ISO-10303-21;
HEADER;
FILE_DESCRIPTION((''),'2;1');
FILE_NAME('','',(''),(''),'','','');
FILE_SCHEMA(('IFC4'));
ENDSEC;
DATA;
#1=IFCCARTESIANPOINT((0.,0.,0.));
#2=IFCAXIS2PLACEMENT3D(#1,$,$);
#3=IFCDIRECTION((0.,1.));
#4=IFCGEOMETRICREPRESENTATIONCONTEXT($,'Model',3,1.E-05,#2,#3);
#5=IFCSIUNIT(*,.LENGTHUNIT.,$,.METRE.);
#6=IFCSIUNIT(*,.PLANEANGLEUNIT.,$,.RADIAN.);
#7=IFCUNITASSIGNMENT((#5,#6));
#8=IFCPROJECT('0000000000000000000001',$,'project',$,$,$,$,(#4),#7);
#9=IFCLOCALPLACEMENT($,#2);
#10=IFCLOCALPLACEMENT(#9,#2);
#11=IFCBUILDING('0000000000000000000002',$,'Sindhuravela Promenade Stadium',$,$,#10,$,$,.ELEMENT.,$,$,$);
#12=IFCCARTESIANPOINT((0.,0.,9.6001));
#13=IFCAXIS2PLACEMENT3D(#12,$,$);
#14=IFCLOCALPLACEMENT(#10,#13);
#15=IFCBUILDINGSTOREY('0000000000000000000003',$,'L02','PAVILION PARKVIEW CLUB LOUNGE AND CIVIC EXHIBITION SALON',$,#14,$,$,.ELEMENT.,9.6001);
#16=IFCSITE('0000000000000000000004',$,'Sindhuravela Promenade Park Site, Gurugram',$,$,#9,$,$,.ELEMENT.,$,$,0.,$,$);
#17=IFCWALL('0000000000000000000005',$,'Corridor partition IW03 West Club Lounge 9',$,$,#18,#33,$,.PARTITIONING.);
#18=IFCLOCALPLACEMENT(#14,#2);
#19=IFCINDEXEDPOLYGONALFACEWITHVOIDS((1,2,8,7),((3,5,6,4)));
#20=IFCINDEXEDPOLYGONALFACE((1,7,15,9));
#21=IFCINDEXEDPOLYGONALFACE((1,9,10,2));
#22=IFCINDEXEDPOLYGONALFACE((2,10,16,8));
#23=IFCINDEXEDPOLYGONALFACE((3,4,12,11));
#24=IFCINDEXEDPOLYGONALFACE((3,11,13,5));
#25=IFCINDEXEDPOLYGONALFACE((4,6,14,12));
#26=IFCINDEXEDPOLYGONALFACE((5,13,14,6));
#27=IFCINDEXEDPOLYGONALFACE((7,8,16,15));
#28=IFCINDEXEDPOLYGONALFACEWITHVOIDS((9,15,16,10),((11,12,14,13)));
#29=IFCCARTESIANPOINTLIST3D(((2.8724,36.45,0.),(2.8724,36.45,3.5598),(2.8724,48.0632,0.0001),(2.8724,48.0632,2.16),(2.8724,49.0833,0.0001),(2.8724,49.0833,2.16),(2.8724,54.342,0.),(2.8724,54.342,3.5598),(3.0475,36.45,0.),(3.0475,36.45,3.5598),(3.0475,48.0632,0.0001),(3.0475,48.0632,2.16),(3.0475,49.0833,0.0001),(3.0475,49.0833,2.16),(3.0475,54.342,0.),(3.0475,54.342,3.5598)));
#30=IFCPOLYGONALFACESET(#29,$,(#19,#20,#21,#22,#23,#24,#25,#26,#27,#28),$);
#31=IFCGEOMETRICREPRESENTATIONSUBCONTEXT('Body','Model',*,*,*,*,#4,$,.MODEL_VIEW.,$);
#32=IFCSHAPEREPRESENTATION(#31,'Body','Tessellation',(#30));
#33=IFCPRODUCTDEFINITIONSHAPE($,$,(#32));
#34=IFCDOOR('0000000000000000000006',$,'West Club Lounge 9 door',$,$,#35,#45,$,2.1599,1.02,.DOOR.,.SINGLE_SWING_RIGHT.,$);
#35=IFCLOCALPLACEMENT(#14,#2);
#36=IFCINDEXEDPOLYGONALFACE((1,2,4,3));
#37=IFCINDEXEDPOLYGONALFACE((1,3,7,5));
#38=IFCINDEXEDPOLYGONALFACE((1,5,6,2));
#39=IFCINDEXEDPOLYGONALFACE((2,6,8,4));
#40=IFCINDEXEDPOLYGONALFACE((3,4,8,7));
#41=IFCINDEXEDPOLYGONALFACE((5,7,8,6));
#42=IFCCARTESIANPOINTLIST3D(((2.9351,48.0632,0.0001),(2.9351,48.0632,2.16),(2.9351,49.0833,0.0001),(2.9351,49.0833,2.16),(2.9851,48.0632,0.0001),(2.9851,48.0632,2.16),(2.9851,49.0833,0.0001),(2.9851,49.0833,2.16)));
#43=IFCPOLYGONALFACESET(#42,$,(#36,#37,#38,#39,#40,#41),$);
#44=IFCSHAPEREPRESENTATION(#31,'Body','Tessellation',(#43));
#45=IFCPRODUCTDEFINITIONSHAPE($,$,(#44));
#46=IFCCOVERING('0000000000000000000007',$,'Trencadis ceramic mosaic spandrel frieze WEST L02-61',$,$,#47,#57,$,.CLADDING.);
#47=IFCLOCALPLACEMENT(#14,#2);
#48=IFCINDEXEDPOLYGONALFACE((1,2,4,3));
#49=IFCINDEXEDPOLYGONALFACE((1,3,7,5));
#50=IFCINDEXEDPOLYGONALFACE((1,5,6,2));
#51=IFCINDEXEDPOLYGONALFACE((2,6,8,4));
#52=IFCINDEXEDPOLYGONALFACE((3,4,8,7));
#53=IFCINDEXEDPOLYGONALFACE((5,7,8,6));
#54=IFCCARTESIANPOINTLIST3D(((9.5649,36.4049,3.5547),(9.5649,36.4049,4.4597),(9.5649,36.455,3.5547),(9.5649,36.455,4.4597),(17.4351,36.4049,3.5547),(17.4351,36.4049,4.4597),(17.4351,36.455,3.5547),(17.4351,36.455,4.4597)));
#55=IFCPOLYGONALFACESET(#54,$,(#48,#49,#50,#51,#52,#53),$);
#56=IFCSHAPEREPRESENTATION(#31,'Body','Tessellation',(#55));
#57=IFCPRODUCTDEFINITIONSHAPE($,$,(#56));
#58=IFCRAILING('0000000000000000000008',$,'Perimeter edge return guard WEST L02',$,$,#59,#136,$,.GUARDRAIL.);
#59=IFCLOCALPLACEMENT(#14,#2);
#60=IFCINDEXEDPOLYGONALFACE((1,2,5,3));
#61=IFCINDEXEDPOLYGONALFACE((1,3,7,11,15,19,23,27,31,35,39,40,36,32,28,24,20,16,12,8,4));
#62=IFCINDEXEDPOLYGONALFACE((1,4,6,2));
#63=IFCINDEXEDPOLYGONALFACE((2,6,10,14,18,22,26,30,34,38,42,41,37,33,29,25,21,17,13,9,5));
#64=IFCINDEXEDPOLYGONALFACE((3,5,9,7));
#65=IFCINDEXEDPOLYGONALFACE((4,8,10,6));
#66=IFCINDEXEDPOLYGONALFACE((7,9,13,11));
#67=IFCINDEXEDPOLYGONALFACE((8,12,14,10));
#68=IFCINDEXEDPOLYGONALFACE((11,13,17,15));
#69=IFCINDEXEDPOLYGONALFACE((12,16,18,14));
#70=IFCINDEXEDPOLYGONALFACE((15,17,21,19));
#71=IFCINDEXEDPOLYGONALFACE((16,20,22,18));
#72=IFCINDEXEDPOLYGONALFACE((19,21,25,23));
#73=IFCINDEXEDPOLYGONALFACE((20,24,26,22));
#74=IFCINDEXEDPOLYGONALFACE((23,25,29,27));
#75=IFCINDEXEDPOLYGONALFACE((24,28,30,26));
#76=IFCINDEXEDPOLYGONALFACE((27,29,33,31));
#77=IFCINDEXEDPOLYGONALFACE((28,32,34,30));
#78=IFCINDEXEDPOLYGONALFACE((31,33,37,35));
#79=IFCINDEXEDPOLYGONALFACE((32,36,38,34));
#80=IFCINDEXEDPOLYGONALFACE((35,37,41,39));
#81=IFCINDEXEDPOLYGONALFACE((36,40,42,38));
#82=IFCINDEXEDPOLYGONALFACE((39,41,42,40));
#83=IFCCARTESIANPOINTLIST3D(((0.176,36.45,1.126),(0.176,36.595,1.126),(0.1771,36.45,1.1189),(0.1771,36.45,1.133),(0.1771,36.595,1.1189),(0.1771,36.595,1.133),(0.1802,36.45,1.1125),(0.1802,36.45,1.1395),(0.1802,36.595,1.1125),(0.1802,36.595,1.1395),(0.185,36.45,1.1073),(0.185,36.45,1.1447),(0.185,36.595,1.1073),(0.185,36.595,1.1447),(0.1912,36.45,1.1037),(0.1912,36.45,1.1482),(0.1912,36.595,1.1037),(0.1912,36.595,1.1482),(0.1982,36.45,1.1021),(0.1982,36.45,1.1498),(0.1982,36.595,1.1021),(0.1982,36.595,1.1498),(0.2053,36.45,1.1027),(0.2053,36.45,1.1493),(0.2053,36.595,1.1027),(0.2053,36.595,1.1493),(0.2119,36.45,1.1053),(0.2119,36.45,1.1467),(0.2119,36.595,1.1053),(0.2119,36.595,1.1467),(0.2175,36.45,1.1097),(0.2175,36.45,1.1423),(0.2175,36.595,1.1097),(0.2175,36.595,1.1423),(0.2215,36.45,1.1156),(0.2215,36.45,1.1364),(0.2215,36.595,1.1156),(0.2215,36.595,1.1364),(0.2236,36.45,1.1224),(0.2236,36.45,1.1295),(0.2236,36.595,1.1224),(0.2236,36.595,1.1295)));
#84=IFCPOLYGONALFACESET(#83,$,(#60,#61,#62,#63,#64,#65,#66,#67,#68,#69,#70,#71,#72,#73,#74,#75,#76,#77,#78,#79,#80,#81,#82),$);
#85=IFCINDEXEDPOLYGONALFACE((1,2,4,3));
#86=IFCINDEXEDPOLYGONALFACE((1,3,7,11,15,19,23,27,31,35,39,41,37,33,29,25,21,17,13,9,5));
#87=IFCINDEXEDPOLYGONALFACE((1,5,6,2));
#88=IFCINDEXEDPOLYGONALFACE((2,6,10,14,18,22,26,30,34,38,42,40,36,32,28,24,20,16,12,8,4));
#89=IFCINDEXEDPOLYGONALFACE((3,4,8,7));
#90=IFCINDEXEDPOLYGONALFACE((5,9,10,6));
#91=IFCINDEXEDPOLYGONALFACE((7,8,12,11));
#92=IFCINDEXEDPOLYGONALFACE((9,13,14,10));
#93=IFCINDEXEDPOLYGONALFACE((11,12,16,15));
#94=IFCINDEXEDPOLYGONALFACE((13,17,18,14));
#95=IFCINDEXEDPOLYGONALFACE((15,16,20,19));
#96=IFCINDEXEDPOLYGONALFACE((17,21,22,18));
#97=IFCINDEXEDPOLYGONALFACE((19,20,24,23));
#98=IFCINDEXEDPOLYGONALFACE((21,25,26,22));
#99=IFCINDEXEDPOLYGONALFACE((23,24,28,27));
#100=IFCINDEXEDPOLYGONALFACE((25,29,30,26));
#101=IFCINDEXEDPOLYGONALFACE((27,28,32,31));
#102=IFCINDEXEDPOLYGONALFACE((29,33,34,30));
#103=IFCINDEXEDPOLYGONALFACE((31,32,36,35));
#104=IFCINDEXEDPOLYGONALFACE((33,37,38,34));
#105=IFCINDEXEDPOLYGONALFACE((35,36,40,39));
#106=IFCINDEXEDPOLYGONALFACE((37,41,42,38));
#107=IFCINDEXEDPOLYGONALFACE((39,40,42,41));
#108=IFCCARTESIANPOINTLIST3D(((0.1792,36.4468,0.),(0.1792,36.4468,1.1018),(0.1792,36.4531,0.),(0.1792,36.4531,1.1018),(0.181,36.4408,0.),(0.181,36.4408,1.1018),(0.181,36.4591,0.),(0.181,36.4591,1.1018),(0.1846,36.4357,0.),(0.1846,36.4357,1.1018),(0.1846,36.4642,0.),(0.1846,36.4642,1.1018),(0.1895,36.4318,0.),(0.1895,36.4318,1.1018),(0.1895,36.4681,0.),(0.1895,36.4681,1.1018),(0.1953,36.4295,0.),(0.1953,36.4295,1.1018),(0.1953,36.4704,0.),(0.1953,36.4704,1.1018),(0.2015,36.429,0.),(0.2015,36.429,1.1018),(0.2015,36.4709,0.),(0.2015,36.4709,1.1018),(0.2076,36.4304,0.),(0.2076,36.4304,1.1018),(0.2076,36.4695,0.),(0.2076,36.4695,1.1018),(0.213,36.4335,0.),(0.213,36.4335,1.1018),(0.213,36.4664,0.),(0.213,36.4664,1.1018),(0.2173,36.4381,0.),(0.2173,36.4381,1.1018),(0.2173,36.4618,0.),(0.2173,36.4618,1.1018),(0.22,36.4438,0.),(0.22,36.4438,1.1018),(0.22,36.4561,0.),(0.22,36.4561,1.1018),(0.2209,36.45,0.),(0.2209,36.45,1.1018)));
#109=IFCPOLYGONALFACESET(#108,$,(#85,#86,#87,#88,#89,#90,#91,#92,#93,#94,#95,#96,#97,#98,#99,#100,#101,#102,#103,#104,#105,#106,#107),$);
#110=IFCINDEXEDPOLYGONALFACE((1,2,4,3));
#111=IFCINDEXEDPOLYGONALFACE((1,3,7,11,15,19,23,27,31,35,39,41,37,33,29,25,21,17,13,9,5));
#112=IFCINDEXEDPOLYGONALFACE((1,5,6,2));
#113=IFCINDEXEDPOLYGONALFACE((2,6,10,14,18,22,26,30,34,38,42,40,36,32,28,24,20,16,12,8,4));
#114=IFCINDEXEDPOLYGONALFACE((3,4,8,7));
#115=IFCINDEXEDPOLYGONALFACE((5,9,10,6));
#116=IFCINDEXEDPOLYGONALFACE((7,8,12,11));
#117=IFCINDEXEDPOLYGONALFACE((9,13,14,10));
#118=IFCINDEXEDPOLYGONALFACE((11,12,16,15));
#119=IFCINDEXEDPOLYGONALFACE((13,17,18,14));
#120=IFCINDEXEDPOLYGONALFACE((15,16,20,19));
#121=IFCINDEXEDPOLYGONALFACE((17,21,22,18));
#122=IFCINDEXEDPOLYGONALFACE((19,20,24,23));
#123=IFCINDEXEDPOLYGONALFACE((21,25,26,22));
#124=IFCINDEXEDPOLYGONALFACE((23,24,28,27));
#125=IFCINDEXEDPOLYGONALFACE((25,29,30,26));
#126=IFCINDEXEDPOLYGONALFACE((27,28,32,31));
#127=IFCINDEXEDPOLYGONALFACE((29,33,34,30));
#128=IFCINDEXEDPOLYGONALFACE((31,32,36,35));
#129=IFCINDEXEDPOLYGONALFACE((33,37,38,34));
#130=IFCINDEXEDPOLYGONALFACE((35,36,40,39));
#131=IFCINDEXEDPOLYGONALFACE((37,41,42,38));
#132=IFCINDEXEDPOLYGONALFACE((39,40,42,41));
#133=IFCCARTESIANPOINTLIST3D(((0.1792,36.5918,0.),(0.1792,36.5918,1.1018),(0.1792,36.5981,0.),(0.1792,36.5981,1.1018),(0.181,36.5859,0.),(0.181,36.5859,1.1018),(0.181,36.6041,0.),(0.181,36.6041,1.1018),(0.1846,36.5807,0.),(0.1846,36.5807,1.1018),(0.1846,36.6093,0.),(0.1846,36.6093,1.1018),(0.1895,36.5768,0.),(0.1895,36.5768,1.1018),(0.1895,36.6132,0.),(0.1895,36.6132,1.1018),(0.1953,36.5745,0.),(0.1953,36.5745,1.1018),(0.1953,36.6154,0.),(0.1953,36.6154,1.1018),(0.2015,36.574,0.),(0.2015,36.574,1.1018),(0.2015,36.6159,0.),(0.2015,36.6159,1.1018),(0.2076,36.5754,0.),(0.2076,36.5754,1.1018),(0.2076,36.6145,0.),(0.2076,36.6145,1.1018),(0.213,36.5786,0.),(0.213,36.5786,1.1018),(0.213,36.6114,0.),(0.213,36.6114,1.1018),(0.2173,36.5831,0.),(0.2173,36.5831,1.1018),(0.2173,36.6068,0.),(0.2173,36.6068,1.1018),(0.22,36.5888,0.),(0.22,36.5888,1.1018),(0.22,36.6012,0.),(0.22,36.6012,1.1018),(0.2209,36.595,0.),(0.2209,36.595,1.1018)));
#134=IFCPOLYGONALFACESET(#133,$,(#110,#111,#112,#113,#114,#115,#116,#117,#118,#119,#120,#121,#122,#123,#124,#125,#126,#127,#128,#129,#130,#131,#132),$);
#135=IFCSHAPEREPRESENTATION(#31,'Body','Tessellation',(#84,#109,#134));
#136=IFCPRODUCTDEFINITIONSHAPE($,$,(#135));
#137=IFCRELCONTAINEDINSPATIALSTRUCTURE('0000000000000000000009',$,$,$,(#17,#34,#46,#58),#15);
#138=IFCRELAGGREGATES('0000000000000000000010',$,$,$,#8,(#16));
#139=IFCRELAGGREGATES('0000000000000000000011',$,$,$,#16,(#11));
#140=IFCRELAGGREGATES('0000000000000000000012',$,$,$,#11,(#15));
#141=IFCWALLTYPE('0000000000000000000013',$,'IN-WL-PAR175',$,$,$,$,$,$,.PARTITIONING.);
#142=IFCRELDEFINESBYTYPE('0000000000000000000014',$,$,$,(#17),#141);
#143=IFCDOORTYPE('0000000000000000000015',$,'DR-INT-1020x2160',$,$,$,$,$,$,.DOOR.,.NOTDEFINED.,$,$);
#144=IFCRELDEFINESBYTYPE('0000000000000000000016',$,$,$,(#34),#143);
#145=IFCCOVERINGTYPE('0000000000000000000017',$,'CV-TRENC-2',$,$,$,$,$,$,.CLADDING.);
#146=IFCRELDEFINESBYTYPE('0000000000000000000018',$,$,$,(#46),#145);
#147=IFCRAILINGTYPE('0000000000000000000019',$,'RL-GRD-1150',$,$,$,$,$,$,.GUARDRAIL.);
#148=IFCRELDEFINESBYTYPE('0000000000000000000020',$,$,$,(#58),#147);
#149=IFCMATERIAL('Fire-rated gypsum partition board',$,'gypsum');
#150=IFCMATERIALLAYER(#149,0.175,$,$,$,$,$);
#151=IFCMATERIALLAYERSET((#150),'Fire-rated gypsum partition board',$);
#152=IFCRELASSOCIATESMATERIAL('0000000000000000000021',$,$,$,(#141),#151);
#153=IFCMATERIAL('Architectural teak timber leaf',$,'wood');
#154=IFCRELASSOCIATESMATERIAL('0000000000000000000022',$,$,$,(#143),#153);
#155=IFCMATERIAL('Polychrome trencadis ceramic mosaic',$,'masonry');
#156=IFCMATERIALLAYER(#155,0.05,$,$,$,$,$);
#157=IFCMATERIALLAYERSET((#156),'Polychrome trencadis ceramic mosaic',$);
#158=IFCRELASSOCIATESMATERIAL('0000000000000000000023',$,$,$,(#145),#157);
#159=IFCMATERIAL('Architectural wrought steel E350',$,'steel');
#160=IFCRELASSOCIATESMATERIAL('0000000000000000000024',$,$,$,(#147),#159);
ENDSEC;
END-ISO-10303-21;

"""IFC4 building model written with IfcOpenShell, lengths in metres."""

from ifc_helpers import new_model, si_unit, direction, frame, frame_2d, origin, origin_2d, place, context, subcontext, project, spatial, rectangle, circle, extrude, material, layer, layer_set, type_object, element, fill, save


model = new_model("IFC4")

# Units and contexts
model_context = context("Model", 3, precision=1e-05, world=origin(), true_north=direction((0.0, 1.0)))
body_context = subcontext(model_context, "Body", "Model", "MODEL_VIEW")
ifc_project = project(units=[si_unit("LENGTHUNIT", "METRE"), si_unit("PLANEANGLEUNIT", "RADIAN")], contexts=[model_context])

# Site, building, storey
site_placement = place(None, origin())
site = spatial("IfcSite", under=ifc_project, at=site_placement, Name="Sindhuravela Promenade Park Site, Gurugram", CompositionType="ELEMENT", RefElevation=0.0)
building_placement = place(site_placement, origin())
building = spatial("IfcBuilding", under=site, at=building_placement, Name="Sindhuravela Promenade Stadium", CompositionType="ELEMENT")
storey_placement = place(building_placement, frame((0.0, 0.0, 9.6001)))
storey = spatial("IfcBuildingStorey", under=building, at=storey_placement, Name="L02", Description="PAVILION PARKVIEW CLUB LOUNGE AND CIVIC EXHIBITION SALON", CompositionType="ELEMENT", Elevation=9.6001)

# Wall, opening, door
ifc_material_1 = material(Name="Fire-rated gypsum partition board", Category="gypsum")
ifc_layer_1 = layer(ifc_material_1, 0.175)
ifc_layer_set_1 = layer_set([ifc_layer_1], Name="Fire-rated gypsum partition board")
wall_type_1 = type_object("IfcWallType", Name="IN-WL-PAR175", PredefinedType="PARTITIONING", material=ifc_layer_set_1)
wall_1_placement = place(storey_placement, frame((2.96, 36.45, 0.0), z_axis=(0.0, 0.0, 1.0), x_axis=(0.0, 1.0, 0.0)))
wall_1 = element("IfcWall", 1, at=wall_1_placement, inside=storey, type_object=wall_type_1, Name="Corridor partition IW03 West Club Lounge 9", PredefinedType="PARTITIONING", context=body_context, shape_type="SweptSolid", body=[
    extrude(rectangle(XDim=17.8921, YDim=0.175, at=frame_2d((8.946, 0.0))), origin(), (0.0, 0.0, 1.0), 3.5598),
])
opening_1_placement = place(wall_1_placement, frame((11.6133, 0.0, 0.0)))
opening_1 = element("IfcOpeningElement", 2, at=opening_1_placement, cuts=wall_1, PredefinedType="OPENING", context=body_context, shape_type="SweptSolid", body=[
    extrude(rectangle(XDim=1.02, YDim=2.1599, at=frame_2d((0.51, 1.0801))), frame((0.0, 0.0974, 0.0), z_axis=(0.0, -1.0, 0.0), x_axis=(1.0, 0.0, 0.0)), (0.0, 0.0, 1.0), 0.1951),
])
ifc_material_2 = material(Name="Architectural teak timber leaf", Category="wood")
door_type_1 = type_object("IfcDoorType", Name="DR-INT-1020x2160", OperationType="NOTDEFINED", PredefinedType="DOOR", material=ifc_material_2)
door_1_placement = place(opening_1_placement, origin())
door_1 = element("IfcDoor", 3, at=door_1_placement, inside=storey, type_object=door_type_1, Name="West Club Lounge 9 door", OperationType="SINGLE_SWING_RIGHT", OverallHeight=2.1599, OverallWidth=1.02, PredefinedType="DOOR", context=body_context, shape_type="SweptSolid", body=[
    extrude(rectangle(XDim=1.02, YDim=2.1599, at=frame_2d((0.51, 1.0801))), frame((0.0, 0.0249, 0.0), z_axis=(0.0, -1.0, 0.0), x_axis=(1.0, 0.0, 0.0)), (0.0, 0.0, 1.0), 0.05),
])
fill(opening_1, door_1)

# Covering
ifc_material_3 = material(Name="Polychrome trencadis ceramic mosaic", Category="masonry")
ifc_layer_2 = layer(ifc_material_3, 0.05)
ifc_layer_set_2 = layer_set([ifc_layer_2], Name="Polychrome trencadis ceramic mosaic")
covering_type = type_object("IfcCoveringType", Name="CV-TRENC-2", PredefinedType="CLADDING", material=ifc_layer_set_2)
covering_placement = place(storey_placement, frame((13.5, 36.4299, 3.5547), z_axis=(0.0, 0.0, 1.0), x_axis=(-1.0, 0.0, 0.0)))
element("IfcCovering", 4, at=covering_placement, inside=storey, type_object=covering_type, Name="Trencadis ceramic mosaic spandrel frieze WEST L02-61", PredefinedType="CLADDING", context=body_context, shape_type="SweptSolid", body=[
    extrude(rectangle(XDim=7.8701, YDim=0.05, at=origin_2d()), origin(), (0.0, 0.0, 1.0), 0.905),
])

# Railing
ifc_material_4 = material(Name="Architectural wrought steel E350", Category="steel")
railing_type = type_object("IfcRailingType", Name="RL-GRD-1150", PredefinedType="GUARDRAIL", material=ifc_material_4)
railing_placement = place(storey_placement, frame((0.2, 36.45, 0.0)))
element("IfcRailing", 5, at=railing_placement, inside=storey, type_object=railing_type, Name="Perimeter edge return guard WEST L02", PredefinedType="GUARDRAIL", context=body_context, shape_type="SweptSolid", body=[
    extrude(circle(Radius=0.0239, at=origin_2d()), frame((0.0, 0.0, 1.126), z_axis=(0.0, 1.0, 0.0), x_axis=(-1.0, 0.0, 0.0)), (0.0, 0.0, 1.0), 0.145),
    extrude(circle(Radius=0.021, at=origin_2d()), origin(), (0.0, 0.0, 1.0), 1.1018),
    extrude(circle(Radius=0.021, at=origin_2d()), frame((0.0, 0.145, 0.0)), (0.0, 0.0, 1.0), 1.1018),
])

save(model, "model.ifc")
